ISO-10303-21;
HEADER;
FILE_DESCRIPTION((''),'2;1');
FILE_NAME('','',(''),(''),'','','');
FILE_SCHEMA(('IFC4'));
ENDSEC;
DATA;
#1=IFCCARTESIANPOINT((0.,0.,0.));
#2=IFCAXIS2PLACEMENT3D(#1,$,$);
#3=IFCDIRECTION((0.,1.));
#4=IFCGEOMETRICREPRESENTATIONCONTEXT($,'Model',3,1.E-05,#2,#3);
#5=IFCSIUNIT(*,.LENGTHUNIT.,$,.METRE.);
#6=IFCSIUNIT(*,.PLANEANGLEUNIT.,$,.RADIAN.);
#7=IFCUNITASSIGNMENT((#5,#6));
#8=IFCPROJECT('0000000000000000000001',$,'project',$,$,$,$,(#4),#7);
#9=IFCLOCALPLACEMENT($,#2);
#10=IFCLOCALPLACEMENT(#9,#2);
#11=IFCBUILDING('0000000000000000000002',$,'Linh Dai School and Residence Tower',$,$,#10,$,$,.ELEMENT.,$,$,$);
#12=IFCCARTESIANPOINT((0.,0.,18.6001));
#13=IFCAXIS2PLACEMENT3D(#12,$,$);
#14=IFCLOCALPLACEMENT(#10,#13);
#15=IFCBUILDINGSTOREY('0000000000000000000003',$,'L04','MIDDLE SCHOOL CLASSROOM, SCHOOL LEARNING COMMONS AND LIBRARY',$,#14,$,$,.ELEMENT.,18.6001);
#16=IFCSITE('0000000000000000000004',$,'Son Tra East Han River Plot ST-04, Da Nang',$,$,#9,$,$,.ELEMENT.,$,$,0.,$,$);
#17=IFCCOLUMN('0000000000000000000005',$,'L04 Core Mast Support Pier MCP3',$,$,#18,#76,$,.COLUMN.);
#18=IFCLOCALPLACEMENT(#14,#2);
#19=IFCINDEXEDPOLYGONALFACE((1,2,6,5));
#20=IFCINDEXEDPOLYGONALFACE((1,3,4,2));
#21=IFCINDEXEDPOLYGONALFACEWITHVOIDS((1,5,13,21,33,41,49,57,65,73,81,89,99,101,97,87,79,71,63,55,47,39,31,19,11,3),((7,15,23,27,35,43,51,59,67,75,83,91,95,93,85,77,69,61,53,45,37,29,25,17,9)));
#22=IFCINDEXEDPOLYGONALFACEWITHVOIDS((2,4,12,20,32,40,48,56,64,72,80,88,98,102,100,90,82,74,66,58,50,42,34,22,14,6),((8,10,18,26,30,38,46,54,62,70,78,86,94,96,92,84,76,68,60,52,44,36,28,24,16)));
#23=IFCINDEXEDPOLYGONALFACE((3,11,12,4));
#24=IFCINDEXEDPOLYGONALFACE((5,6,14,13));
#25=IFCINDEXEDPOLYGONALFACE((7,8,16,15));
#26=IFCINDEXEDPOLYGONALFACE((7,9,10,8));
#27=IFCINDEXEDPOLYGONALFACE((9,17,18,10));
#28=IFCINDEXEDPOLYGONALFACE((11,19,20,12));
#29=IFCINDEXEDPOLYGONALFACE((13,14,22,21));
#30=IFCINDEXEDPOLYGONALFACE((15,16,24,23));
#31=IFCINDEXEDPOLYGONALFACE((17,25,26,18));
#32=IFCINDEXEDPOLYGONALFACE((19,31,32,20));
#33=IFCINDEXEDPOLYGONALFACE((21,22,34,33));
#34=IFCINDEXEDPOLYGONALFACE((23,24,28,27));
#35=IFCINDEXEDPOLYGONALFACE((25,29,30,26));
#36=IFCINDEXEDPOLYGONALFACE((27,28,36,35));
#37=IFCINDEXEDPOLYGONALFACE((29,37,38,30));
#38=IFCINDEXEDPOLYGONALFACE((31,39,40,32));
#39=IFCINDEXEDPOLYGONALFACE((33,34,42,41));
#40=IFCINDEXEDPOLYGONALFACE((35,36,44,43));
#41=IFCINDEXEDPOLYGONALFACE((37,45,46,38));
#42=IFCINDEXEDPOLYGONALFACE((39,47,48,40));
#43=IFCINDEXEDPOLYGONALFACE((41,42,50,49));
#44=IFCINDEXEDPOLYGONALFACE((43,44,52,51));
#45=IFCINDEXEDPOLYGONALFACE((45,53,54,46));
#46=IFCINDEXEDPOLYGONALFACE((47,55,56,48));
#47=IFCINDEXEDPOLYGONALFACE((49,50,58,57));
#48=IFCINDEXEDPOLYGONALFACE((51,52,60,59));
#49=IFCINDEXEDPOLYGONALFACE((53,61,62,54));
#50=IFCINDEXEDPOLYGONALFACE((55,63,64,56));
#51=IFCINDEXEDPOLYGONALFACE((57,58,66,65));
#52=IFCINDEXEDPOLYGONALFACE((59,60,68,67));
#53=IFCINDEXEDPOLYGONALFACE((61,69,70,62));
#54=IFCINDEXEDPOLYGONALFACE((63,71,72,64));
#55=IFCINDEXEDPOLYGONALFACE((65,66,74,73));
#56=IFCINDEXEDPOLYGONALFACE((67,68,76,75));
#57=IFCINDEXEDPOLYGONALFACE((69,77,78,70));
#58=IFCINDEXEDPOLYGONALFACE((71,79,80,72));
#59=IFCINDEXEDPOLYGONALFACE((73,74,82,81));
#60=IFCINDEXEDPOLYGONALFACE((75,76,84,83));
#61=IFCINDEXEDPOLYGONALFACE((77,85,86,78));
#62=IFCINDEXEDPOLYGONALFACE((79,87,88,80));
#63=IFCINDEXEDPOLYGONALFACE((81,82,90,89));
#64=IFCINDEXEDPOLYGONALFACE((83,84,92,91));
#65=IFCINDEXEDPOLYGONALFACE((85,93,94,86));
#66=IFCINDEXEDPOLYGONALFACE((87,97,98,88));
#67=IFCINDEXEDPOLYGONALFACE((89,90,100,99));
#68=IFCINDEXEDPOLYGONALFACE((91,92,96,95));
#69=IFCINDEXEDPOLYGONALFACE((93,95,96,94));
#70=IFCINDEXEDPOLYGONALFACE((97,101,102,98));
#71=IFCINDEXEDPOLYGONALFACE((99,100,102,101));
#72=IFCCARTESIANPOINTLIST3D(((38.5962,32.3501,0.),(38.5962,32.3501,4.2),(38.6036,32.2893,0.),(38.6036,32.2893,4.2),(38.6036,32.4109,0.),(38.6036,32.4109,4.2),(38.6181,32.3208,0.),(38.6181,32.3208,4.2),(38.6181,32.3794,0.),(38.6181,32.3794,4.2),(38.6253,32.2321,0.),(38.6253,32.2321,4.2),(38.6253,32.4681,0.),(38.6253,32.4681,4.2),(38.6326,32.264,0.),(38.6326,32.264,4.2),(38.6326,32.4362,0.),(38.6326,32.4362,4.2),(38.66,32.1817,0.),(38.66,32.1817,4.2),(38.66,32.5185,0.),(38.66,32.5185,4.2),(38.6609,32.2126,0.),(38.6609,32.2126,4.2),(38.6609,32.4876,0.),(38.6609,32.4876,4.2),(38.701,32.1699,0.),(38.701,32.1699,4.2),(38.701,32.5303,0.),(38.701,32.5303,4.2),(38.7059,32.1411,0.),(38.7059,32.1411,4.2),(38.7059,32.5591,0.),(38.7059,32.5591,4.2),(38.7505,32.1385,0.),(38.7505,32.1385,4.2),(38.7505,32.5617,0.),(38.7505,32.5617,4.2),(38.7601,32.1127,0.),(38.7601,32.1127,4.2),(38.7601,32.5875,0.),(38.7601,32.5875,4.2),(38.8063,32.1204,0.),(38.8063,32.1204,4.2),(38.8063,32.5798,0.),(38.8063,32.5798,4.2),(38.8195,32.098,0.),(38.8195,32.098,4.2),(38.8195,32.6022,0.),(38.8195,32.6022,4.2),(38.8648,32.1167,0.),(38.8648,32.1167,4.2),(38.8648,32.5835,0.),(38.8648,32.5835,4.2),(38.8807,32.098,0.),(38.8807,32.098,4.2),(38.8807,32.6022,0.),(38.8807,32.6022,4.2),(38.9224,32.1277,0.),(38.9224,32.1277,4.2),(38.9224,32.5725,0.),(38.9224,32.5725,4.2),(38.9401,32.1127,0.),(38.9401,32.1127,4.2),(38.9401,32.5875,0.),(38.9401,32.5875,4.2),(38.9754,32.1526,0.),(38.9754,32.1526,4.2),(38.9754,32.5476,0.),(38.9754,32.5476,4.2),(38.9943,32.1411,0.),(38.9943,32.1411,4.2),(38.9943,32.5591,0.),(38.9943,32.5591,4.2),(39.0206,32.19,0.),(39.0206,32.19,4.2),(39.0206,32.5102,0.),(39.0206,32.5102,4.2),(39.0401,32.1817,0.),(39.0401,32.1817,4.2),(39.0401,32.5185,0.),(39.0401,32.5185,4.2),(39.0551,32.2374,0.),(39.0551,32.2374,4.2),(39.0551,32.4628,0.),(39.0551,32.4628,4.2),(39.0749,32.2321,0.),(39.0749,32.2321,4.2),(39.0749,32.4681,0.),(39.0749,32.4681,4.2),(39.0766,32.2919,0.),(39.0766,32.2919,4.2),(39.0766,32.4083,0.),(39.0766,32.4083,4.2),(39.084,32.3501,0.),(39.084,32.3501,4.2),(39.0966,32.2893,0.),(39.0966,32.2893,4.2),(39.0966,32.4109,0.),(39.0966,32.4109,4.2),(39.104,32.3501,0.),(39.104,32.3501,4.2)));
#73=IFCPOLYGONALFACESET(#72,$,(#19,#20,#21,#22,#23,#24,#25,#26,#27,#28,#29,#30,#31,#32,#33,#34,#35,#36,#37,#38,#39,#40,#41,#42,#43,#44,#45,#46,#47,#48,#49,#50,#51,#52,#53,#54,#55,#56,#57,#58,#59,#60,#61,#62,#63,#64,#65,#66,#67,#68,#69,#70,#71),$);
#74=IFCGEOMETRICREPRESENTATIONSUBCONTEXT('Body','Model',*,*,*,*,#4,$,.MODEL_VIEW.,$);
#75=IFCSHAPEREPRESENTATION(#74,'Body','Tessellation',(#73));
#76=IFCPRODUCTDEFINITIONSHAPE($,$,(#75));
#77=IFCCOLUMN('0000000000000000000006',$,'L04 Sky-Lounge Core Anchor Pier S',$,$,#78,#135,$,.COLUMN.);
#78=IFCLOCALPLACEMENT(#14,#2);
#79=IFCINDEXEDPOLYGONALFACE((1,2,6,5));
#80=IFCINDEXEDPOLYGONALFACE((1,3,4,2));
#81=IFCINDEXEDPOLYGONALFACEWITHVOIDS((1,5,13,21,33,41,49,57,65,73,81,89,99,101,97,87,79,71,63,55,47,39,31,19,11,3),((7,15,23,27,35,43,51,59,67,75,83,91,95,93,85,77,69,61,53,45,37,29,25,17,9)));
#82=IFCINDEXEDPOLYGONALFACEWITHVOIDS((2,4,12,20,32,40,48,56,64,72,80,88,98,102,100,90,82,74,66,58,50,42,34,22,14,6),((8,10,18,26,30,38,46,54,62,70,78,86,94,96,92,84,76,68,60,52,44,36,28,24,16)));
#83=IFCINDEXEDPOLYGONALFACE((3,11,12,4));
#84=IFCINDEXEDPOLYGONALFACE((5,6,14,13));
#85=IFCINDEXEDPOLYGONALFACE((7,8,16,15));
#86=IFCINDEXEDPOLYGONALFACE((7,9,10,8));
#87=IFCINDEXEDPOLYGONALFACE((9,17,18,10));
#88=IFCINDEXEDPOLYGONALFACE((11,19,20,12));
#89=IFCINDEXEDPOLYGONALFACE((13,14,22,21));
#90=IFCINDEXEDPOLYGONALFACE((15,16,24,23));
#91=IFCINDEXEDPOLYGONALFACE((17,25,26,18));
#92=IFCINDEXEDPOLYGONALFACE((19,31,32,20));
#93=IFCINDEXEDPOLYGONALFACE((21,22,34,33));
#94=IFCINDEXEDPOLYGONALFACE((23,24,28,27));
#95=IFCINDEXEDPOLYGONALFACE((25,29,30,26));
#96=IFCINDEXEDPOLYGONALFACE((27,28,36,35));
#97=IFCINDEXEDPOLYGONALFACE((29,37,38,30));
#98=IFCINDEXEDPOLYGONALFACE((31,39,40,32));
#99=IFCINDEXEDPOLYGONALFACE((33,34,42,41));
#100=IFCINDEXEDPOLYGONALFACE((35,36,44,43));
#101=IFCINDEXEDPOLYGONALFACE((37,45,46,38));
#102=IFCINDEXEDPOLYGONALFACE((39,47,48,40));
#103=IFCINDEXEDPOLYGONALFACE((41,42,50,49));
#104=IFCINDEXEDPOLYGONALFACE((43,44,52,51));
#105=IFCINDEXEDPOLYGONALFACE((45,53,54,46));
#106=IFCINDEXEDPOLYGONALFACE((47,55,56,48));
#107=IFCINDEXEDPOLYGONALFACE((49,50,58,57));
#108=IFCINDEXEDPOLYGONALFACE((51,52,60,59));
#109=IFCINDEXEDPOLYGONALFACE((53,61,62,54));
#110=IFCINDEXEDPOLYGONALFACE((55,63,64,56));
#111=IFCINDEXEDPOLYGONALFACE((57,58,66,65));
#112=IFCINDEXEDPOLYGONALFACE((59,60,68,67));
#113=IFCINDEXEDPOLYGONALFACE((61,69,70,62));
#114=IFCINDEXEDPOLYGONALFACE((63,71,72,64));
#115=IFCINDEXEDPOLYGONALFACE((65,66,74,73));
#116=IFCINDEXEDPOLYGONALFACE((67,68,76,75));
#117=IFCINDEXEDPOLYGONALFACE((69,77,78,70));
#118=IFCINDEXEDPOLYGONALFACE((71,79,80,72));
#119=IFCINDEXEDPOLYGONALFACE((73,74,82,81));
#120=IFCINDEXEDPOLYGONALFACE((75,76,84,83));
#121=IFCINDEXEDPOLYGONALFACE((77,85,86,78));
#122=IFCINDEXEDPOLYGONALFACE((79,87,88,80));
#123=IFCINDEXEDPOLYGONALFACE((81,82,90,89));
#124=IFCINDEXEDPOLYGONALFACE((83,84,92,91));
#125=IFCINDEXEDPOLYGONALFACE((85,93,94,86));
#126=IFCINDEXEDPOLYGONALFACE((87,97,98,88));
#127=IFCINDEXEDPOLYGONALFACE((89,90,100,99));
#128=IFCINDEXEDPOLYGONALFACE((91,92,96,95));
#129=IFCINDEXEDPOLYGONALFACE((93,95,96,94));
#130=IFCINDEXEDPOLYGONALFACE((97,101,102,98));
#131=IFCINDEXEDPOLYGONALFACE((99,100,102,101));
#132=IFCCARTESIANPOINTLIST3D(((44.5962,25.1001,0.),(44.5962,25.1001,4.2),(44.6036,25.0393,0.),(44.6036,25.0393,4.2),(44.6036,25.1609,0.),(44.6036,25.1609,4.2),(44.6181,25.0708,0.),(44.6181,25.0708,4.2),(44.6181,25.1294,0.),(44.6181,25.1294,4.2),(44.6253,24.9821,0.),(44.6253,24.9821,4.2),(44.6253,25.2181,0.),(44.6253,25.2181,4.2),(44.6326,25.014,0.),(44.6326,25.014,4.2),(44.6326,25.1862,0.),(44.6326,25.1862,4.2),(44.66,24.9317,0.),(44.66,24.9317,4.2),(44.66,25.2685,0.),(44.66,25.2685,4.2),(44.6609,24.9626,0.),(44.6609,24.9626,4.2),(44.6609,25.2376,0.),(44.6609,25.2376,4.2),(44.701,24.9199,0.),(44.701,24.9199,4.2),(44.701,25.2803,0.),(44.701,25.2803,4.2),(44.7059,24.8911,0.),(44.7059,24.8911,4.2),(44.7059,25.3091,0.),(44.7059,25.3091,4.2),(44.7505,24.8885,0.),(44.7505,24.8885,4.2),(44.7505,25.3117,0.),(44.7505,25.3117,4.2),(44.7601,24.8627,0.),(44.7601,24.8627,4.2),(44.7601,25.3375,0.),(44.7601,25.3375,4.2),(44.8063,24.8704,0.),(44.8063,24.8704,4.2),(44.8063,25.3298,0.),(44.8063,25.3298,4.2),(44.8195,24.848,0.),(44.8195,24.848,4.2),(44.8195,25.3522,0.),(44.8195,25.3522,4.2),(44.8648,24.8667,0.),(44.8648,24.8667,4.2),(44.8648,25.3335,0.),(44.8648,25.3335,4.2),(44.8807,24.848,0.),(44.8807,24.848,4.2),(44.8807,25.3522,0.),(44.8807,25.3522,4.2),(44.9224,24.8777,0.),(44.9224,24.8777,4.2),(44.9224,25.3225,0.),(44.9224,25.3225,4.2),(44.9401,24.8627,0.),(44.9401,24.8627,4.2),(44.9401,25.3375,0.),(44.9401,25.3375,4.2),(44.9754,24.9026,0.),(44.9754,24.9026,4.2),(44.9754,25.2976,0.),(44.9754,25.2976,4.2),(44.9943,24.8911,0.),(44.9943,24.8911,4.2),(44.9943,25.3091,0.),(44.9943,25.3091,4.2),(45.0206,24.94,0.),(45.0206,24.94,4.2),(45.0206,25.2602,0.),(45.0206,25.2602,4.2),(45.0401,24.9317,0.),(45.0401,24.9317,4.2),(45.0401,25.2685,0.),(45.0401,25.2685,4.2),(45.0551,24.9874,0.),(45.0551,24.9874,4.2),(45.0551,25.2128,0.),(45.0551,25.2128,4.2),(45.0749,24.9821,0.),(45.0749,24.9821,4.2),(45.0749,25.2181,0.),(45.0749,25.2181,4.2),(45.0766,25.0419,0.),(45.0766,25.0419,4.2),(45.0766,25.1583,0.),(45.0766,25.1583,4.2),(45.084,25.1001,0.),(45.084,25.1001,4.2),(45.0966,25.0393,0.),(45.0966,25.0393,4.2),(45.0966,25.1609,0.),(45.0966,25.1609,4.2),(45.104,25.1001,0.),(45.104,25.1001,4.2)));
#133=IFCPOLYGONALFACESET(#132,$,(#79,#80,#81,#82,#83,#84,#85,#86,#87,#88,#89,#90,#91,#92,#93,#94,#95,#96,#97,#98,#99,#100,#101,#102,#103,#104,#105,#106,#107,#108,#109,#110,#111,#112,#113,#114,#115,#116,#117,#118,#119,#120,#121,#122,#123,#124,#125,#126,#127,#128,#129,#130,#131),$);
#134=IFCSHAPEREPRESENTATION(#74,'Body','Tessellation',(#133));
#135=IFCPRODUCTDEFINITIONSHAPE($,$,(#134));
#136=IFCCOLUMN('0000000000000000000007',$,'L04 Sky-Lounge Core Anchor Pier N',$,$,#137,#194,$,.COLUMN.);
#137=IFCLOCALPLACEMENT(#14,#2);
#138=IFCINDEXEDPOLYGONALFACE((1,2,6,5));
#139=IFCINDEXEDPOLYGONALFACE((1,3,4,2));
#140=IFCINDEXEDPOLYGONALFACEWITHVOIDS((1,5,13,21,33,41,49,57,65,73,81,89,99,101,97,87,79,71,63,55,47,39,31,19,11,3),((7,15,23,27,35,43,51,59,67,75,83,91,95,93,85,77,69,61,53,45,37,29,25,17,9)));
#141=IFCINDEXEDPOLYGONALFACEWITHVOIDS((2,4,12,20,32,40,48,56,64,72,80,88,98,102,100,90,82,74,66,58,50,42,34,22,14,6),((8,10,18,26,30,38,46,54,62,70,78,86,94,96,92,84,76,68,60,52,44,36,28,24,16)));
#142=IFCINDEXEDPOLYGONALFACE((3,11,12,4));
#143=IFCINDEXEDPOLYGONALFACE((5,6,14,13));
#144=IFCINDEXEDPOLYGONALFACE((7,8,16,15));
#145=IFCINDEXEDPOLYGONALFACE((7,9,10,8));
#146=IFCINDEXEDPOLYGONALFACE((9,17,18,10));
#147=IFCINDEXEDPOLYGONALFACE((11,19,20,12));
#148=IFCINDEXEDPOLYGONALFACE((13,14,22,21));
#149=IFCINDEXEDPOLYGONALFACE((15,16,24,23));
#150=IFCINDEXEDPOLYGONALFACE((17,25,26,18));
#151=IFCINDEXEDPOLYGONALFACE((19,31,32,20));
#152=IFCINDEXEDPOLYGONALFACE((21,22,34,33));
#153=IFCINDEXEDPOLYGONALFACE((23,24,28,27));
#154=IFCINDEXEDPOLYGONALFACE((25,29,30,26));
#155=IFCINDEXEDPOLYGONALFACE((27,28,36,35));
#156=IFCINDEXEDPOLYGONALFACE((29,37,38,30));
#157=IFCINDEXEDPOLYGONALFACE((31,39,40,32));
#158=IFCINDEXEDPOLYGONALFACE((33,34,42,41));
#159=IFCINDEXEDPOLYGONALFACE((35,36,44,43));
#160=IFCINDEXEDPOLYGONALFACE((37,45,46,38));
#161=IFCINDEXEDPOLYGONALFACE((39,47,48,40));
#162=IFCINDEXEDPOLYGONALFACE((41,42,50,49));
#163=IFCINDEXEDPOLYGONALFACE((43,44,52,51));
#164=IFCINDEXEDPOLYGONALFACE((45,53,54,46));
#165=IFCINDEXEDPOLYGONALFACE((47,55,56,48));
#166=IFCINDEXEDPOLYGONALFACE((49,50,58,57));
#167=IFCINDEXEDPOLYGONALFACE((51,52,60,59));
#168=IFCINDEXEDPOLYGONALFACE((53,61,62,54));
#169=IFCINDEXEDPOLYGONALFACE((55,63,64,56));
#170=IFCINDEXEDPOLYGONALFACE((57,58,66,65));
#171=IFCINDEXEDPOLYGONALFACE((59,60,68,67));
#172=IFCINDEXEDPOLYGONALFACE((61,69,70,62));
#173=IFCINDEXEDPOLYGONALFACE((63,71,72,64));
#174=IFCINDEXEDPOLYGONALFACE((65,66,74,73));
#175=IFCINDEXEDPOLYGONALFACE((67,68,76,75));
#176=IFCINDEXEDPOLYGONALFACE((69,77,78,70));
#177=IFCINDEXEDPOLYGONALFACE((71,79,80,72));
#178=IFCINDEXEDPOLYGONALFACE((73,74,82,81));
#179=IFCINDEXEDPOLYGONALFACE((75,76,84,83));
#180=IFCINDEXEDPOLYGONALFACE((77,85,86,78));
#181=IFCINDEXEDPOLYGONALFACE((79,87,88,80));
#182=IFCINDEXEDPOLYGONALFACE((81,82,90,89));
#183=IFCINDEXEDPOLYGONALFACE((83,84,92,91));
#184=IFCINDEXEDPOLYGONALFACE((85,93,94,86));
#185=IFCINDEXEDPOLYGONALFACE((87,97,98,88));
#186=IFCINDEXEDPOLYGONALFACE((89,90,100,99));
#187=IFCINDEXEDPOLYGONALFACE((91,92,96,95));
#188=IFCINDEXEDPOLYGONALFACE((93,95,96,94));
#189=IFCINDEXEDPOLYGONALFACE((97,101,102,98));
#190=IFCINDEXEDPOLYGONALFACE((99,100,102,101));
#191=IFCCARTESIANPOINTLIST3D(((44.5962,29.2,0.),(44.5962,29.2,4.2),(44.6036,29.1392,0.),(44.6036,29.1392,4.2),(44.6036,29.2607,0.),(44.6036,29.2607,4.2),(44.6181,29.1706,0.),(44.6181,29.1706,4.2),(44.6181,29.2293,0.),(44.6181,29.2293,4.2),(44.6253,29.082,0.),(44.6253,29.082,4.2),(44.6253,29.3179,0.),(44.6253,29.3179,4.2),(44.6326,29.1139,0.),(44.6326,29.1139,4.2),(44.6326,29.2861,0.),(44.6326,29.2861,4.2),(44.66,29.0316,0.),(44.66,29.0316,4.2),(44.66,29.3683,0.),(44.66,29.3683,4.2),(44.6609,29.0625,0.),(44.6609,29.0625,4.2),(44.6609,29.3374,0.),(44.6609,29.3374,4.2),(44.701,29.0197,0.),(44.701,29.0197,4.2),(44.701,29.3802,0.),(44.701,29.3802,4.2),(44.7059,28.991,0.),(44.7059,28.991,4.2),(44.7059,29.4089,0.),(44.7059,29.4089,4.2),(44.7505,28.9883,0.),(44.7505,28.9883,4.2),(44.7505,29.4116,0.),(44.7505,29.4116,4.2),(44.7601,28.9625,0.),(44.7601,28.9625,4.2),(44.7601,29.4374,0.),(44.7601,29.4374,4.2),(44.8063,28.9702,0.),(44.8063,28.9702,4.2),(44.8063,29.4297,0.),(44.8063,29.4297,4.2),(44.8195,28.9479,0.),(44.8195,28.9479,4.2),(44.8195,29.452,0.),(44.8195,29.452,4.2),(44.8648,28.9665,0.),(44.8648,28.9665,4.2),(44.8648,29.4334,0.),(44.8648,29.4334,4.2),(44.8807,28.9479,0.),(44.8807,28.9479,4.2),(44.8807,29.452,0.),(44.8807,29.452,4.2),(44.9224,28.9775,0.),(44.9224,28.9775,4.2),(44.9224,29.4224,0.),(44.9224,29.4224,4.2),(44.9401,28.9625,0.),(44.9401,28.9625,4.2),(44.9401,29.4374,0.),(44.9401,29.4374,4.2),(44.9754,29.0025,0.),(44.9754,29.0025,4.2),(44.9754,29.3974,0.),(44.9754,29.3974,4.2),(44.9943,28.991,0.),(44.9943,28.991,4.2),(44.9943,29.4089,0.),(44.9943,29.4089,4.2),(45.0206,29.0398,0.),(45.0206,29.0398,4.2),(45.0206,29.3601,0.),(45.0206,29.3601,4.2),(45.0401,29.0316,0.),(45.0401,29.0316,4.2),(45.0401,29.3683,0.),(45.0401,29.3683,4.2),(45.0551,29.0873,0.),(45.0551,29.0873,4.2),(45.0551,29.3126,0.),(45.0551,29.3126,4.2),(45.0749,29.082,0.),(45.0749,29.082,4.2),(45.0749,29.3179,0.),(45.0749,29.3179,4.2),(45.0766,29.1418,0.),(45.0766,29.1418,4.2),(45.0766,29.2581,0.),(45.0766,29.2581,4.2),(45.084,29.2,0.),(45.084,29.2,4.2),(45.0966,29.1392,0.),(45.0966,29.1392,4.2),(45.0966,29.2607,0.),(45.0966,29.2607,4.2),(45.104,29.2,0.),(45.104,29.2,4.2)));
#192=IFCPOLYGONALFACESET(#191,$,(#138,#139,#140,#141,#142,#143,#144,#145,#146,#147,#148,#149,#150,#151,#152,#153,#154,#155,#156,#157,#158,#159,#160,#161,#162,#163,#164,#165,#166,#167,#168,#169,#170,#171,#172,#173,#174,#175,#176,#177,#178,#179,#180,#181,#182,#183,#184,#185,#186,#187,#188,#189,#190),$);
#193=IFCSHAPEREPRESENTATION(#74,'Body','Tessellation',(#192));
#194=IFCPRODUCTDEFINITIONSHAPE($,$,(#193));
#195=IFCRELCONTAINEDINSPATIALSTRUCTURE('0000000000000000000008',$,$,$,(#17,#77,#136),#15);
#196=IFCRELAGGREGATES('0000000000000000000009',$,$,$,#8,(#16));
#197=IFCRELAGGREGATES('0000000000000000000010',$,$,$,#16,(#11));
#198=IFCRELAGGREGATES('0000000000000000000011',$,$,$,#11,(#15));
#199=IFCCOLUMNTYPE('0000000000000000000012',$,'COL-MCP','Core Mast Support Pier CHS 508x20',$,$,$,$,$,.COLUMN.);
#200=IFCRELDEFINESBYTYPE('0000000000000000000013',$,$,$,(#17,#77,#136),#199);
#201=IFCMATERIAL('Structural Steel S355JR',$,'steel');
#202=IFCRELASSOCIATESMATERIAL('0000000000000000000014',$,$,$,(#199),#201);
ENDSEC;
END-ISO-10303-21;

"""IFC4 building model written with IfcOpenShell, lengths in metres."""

from ifc_helpers import new_model, si_unit, direction, frame, origin, origin_2d, place, context, subcontext, project, spatial, hollow_circle, extrude, material, material_profile, profile_set, type_object, element, save


model = new_model("IFC4")

# Units and contexts
model_context = context("Model", 3, precision=1e-05, world=origin(), true_north=direction((0.0, 1.0)))
body_context = subcontext(model_context, "Body", "Model", "MODEL_VIEW")
ifc_project = project(units=[si_unit("LENGTHUNIT", "METRE"), si_unit("PLANEANGLEUNIT", "RADIAN")], contexts=[model_context])

# Site, building, storey
site_placement = place(None, origin())
site = spatial("IfcSite", under=ifc_project, at=site_placement, Name="Son Tra East Han River Plot ST-04, Da Nang", CompositionType="ELEMENT", RefElevation=0.0)
building_placement = place(site_placement, origin())
building = spatial("IfcBuilding", under=site, at=building_placement, Name="Linh Dai School and Residence Tower", CompositionType="ELEMENT")
storey_placement = place(building_placement, frame((0.0, 0.0, 18.6001)))
storey = spatial("IfcBuildingStorey", under=building, at=storey_placement, Name="L04", Description="MIDDLE SCHOOL CLASSROOM, SCHOOL LEARNING COMMONS AND LIBRARY", CompositionType="ELEMENT", Elevation=18.6001)

# Columns
ifc_material_1 = material(Name="Structural Steel S355JR", Category="steel")
ifc_material_profile_1 = material_profile(ifc_material_1, hollow_circle(Radius=0.2539, WallThickness=0.02, at=origin_2d()), Name="CHS 508x20")
ifc_profile_set_1 = profile_set([ifc_material_profile_1], Name="Structural Steel S355JR")
column_type_1 = type_object("IfcColumnType", Name="COL-MCP", Description="Core Mast Support Pier CHS 508x20", PredefinedType="COLUMN", material=ifc_profile_set_1)
for number, where, z_axis, x_axis, name in (
    (1, (38.8501, 32.3501, 0.0), (0.0, 0.0, 1.0), (1.0, 0.0, 0.0), "L04 Core Mast Support Pier MCP3"),
    (2, (44.8501, 25.1001, 0.0), (0.0, 0.0, 1.0), (1.0, 0.0, 0.0), "L04 Sky-Lounge Core Anchor Pier S"),
    (3, (44.8501, 29.2, 0.0), (0.0, 0.0, 1.0), (1.0, 0.0, 0.0), "L04 Sky-Lounge Core Anchor Pier N"),
):
    element("IfcColumn", number, at=place(storey_placement, frame(where, z_axis=z_axis, x_axis=x_axis)), inside=storey, type_object=column_type_1, Name=name, PredefinedType="COLUMN", context=body_context, shape_type="SweptSolid", body=[
        extrude(hollow_circle(Radius=0.2539, WallThickness=0.02, at=origin_2d()), origin(), (0.0, 0.0, 1.0), 4.2),
    ])

save(model, "model.ifc")
